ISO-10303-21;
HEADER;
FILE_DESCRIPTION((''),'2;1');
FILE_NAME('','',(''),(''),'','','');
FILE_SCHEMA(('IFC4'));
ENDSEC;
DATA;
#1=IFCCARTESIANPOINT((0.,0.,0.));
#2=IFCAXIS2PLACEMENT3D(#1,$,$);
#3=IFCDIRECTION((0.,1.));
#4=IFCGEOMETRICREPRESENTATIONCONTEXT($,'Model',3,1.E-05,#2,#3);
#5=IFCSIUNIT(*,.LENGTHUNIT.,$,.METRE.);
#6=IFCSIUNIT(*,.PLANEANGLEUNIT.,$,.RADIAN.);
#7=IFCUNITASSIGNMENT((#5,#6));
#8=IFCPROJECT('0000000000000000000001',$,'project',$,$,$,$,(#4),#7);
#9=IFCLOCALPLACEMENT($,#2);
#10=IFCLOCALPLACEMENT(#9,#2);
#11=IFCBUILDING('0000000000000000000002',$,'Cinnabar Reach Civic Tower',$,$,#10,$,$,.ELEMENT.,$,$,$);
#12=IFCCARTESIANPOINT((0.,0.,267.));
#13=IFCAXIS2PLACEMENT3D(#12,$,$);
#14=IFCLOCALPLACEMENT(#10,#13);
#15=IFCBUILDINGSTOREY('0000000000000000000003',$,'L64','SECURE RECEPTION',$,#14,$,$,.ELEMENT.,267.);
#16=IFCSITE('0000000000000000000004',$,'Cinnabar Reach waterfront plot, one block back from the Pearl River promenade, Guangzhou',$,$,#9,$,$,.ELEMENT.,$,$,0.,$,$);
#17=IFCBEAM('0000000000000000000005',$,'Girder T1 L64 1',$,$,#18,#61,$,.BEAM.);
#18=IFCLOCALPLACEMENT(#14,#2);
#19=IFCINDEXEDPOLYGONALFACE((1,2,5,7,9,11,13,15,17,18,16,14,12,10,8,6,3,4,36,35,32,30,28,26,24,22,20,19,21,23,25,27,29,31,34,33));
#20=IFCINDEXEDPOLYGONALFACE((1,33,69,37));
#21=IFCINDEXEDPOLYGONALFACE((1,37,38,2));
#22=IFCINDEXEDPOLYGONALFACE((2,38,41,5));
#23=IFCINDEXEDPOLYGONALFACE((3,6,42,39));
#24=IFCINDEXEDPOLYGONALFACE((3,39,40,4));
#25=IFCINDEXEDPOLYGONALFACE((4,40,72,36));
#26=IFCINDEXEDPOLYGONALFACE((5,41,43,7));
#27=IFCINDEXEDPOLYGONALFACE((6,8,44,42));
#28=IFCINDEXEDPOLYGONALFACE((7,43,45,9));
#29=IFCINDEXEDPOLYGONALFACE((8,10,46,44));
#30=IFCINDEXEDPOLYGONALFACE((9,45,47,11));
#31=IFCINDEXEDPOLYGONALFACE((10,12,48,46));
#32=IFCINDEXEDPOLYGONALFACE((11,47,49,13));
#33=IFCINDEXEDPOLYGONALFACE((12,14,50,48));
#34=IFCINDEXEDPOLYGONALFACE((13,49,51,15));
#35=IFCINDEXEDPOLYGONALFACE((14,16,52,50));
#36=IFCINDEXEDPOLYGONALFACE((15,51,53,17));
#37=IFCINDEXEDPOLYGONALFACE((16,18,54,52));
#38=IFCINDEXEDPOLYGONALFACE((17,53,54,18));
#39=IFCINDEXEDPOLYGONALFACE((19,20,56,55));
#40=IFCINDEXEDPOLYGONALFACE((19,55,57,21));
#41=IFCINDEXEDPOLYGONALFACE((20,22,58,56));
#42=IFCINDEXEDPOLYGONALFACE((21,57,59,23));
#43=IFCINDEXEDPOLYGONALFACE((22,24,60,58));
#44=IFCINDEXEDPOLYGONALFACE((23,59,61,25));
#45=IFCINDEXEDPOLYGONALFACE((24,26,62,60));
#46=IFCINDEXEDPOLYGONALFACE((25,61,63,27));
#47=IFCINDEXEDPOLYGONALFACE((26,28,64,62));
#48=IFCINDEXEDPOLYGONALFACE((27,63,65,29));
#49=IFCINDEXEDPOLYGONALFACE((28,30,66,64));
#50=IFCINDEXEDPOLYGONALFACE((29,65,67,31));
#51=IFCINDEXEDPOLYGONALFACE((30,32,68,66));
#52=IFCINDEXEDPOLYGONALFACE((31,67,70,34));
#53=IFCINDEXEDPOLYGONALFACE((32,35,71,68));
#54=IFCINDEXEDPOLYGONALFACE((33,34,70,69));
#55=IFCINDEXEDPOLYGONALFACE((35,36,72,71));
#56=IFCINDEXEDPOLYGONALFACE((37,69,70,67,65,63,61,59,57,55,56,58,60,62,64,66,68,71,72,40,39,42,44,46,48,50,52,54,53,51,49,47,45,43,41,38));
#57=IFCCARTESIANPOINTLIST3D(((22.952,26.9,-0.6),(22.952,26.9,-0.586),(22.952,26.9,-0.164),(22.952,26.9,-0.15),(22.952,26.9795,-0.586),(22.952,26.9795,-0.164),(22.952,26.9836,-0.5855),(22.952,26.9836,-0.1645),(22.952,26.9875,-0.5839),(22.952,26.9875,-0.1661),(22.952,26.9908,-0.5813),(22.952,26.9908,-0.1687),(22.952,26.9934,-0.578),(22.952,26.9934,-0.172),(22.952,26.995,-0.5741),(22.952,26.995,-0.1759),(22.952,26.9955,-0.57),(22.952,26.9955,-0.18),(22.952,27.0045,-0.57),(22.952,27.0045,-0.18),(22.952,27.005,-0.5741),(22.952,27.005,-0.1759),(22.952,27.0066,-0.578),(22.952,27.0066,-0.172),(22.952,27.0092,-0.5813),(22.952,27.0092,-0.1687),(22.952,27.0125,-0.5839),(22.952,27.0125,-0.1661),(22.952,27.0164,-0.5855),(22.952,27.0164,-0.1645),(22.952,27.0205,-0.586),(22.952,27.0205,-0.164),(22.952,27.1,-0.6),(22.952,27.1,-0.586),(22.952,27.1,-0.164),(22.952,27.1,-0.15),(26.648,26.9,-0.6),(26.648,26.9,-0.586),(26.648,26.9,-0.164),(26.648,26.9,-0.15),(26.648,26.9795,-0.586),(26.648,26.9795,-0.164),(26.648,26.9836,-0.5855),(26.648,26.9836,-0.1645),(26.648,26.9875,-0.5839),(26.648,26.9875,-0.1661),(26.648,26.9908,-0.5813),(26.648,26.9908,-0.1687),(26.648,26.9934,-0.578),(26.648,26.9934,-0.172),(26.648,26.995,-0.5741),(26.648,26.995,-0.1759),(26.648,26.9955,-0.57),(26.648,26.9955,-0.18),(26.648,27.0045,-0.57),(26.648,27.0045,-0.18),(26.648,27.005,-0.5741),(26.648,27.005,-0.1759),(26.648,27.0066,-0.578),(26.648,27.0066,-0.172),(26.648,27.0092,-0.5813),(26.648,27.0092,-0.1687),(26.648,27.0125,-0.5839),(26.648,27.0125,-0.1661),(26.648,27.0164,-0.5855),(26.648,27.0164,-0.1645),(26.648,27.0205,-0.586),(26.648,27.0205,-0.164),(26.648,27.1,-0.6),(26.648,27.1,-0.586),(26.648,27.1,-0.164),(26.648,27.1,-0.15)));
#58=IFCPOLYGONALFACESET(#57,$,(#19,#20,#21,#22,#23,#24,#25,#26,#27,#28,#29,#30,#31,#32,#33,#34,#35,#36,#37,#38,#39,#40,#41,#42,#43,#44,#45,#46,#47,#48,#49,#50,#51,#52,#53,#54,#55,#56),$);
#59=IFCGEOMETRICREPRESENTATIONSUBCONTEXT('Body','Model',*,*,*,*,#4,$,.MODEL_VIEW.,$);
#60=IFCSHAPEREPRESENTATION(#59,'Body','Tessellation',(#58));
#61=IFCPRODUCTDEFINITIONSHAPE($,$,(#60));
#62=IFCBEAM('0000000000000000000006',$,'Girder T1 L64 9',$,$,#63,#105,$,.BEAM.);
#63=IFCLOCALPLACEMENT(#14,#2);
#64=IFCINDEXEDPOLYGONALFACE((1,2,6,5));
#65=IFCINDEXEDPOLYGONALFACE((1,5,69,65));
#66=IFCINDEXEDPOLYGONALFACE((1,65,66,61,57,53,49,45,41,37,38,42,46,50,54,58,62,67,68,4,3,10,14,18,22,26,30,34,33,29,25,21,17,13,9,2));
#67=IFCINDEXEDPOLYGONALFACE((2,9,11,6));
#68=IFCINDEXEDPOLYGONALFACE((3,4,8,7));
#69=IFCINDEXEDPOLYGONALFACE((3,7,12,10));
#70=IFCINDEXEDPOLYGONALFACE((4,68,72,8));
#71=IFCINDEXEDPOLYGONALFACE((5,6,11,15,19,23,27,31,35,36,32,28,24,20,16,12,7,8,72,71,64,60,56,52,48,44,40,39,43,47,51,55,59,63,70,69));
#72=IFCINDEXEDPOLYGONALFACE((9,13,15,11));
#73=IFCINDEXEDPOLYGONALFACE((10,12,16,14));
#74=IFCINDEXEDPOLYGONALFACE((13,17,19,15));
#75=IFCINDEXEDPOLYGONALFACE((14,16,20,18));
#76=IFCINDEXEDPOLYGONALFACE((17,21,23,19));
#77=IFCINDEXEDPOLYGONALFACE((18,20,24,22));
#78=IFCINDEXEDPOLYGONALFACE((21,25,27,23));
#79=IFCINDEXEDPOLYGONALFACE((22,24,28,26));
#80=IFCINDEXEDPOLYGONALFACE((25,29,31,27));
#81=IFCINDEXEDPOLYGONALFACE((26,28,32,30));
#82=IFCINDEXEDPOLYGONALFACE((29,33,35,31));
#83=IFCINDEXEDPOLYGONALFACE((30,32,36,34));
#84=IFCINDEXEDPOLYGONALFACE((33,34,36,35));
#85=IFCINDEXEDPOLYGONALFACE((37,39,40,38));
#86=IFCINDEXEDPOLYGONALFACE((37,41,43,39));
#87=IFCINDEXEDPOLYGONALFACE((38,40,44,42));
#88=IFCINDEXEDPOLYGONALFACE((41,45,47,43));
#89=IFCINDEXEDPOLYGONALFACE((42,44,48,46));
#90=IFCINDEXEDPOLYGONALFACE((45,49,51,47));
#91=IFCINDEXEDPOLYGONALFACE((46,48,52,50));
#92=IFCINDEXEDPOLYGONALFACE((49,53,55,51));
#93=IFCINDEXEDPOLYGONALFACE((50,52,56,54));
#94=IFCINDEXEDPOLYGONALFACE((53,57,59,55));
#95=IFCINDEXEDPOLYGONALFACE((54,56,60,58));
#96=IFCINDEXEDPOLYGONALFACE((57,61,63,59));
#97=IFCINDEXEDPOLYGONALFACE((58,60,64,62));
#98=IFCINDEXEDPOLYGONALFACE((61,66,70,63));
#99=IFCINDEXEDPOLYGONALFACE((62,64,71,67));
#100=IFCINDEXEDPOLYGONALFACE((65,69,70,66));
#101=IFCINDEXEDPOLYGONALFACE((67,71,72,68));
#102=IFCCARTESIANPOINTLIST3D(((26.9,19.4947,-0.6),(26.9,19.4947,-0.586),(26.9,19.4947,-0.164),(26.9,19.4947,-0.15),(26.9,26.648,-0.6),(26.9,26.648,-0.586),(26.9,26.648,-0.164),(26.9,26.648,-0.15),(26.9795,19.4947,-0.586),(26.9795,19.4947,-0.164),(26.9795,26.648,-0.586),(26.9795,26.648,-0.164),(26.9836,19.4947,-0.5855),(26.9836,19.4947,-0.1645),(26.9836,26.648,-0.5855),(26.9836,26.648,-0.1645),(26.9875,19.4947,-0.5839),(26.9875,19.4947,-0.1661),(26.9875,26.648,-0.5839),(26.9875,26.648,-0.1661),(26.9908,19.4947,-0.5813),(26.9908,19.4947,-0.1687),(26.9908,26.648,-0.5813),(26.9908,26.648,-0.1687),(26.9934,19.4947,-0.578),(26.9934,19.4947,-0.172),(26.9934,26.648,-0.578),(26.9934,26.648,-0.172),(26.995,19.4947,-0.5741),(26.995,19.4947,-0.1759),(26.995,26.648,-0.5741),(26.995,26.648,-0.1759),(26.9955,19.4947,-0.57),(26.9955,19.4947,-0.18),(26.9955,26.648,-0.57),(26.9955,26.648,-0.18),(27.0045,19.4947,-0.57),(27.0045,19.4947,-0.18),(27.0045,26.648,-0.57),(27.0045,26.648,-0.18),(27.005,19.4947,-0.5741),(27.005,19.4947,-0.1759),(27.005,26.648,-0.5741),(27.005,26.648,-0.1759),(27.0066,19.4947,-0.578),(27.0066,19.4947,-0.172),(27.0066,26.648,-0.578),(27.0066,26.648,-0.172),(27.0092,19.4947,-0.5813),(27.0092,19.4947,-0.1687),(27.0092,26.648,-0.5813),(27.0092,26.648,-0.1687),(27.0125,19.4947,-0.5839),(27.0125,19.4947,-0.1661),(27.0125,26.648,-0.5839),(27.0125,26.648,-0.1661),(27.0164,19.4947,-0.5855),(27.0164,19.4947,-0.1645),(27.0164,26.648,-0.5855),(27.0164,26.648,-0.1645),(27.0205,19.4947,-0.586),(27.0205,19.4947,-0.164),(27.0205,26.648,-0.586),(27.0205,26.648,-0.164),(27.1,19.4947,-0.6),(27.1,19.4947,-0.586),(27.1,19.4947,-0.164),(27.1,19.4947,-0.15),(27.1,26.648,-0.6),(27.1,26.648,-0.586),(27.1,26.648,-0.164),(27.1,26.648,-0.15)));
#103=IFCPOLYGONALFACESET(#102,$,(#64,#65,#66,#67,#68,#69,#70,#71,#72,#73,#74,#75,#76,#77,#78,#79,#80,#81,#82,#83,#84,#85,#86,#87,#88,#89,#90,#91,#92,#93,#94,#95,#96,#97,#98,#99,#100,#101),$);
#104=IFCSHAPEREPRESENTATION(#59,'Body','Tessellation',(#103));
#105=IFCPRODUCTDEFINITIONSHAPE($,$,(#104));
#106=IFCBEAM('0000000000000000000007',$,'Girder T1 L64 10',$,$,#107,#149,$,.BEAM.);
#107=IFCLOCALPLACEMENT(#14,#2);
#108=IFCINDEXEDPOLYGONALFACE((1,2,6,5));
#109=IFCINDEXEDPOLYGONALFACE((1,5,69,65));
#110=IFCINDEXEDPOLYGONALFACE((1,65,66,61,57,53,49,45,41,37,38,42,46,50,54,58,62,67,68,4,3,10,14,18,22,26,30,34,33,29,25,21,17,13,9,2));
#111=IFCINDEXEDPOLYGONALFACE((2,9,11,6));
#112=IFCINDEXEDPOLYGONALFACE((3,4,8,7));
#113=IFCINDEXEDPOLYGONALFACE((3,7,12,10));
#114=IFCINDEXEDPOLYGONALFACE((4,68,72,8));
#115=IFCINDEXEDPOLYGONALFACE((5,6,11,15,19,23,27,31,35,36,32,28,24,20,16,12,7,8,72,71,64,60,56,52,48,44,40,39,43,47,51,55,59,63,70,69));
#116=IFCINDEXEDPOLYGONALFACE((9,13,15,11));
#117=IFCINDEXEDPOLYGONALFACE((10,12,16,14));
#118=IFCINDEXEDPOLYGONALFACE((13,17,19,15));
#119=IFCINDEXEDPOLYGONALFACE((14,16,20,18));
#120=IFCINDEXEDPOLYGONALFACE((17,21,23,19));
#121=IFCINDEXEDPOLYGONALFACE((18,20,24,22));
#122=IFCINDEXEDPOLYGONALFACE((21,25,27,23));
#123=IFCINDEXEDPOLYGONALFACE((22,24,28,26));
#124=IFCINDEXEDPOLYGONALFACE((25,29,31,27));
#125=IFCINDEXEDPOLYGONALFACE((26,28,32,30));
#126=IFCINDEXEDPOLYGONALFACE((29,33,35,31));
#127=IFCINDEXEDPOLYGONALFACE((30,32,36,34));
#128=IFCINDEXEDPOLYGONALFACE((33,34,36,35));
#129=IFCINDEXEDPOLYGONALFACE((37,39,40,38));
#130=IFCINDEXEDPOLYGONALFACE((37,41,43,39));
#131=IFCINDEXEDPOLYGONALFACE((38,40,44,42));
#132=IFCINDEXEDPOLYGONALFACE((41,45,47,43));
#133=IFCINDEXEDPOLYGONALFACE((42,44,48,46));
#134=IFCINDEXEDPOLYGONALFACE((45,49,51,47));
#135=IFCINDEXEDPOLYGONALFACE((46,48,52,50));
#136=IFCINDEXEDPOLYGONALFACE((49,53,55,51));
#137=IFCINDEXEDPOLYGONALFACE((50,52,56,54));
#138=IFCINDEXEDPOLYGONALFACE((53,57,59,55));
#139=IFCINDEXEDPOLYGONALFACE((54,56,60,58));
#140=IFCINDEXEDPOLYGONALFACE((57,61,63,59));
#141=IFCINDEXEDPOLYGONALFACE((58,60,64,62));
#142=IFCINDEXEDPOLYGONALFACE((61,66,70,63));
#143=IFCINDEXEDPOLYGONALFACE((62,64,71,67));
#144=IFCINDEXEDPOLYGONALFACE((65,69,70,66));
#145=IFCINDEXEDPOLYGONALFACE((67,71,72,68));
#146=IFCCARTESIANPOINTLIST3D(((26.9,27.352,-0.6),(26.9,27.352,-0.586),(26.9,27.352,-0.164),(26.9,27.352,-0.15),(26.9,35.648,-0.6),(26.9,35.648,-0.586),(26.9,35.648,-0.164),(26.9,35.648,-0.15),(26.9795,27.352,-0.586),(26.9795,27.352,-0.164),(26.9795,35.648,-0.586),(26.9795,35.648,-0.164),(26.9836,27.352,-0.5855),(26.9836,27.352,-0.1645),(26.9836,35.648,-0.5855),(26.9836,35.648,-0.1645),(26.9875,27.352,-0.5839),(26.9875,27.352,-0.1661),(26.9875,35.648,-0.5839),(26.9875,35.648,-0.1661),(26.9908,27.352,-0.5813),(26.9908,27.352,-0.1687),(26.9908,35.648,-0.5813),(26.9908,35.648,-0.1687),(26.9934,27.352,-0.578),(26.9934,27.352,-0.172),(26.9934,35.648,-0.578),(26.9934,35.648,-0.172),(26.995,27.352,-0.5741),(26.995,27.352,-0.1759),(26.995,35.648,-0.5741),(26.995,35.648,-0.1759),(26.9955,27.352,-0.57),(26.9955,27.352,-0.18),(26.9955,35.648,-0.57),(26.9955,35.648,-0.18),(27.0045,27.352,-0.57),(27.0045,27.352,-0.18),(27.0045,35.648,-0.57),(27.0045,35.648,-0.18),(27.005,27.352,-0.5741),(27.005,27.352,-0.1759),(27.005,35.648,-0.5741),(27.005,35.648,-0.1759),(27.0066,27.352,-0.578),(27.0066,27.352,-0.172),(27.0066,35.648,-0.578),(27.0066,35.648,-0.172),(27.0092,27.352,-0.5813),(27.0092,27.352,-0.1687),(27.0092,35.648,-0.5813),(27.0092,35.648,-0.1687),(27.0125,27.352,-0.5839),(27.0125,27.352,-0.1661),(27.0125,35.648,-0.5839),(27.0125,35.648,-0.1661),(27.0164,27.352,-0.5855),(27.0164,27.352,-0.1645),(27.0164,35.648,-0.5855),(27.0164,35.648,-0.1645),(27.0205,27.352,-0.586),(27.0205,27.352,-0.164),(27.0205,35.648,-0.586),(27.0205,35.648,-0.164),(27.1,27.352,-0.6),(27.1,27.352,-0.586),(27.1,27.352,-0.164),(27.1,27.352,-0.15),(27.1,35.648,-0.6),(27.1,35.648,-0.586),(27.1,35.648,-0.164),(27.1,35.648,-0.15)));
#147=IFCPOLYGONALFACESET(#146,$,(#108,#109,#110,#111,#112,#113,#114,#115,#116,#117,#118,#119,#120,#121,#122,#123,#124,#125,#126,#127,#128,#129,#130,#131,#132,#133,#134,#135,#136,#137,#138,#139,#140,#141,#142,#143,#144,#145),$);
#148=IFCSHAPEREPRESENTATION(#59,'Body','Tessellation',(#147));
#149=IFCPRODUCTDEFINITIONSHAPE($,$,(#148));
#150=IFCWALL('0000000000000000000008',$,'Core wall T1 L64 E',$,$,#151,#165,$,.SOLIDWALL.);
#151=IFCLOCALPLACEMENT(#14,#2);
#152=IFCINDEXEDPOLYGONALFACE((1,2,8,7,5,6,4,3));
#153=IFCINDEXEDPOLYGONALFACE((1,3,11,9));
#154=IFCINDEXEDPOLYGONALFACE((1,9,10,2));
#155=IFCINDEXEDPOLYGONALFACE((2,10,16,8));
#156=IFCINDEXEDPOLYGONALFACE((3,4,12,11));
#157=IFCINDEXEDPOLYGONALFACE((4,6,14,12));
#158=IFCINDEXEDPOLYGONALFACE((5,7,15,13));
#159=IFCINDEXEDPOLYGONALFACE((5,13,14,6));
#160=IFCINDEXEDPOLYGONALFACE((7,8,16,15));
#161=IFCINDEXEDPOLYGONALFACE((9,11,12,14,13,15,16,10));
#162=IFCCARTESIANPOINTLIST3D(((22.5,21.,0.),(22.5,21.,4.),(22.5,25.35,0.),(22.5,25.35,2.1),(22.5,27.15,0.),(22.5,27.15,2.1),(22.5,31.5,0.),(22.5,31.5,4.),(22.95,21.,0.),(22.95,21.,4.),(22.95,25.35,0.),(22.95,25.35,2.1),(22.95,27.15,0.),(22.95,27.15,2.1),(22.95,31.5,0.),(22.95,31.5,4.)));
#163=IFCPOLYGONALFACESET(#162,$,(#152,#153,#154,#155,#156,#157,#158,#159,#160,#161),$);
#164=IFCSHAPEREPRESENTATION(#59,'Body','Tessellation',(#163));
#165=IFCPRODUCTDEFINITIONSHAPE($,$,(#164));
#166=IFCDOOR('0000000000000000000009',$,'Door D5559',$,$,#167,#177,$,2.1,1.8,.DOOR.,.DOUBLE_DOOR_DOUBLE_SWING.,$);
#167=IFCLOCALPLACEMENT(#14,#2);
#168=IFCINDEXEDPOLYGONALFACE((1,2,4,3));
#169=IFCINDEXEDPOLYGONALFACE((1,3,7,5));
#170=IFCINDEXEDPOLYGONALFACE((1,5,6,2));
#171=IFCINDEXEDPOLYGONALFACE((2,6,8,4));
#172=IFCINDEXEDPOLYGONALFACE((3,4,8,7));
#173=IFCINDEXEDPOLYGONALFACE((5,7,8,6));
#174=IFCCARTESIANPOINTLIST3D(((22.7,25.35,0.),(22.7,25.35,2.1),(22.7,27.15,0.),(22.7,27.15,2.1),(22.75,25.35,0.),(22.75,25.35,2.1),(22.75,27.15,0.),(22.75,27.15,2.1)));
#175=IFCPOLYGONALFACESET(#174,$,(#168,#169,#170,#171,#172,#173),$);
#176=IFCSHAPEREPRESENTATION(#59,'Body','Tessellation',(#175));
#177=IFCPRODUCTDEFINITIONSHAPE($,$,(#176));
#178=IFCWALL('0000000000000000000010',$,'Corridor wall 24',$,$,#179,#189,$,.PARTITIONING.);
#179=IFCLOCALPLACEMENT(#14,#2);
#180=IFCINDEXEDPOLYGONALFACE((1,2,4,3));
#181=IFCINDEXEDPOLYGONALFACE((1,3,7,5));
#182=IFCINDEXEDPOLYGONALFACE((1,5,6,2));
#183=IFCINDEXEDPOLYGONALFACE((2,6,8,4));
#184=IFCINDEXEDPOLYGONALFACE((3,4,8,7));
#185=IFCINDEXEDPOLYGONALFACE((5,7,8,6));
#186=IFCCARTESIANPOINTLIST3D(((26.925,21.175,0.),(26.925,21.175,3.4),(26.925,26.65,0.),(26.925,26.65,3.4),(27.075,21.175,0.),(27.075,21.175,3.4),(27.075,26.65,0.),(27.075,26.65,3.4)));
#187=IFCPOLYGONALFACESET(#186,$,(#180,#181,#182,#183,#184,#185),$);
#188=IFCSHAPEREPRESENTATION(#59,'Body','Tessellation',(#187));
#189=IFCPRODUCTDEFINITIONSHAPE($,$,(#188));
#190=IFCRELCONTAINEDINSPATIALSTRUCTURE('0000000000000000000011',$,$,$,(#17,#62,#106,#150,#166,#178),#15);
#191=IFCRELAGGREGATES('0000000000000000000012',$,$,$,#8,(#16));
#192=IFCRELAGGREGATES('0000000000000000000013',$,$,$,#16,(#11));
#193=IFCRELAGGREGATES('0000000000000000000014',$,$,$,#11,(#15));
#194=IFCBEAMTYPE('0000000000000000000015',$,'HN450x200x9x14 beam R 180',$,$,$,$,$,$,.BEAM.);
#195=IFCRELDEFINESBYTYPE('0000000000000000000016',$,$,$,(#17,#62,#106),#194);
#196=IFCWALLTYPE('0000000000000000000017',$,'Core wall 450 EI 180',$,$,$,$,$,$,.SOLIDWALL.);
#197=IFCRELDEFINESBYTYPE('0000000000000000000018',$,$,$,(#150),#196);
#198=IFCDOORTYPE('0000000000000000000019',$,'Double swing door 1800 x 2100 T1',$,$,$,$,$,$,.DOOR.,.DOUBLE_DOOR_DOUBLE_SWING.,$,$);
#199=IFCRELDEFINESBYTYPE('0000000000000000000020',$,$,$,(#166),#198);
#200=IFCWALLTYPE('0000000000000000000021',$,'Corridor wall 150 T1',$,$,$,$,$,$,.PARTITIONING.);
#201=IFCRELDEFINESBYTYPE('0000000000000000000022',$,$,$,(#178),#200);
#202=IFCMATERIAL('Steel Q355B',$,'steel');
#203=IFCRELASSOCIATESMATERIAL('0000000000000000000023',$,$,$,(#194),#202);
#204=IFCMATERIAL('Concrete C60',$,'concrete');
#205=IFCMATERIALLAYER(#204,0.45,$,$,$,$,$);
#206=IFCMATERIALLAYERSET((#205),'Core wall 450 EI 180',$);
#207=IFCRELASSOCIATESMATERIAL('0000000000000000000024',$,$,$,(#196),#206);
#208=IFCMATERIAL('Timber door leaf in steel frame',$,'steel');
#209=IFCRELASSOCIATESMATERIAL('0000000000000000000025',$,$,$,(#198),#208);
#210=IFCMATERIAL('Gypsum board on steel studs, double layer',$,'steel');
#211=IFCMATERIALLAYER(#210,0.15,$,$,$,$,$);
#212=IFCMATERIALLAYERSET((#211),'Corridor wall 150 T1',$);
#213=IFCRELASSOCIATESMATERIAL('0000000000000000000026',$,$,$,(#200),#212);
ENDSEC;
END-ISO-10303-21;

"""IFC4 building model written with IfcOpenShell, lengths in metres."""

from ifc_helpers import new_model, si_unit, direction, frame, frame_2d, origin, origin_2d, place, context, subcontext, project, spatial, rectangle, i_section, extrude, material, layer, layer_set, material_profile, profile_set, type_object, element, fill, save


model = new_model("IFC4")

# Units and contexts
model_context = context("Model", 3, precision=1e-05, world=origin(), true_north=direction((0.0, 1.0)))
body_context = subcontext(model_context, "Body", "Model", "MODEL_VIEW")
ifc_project = project(units=[si_unit("LENGTHUNIT", "METRE"), si_unit("PLANEANGLEUNIT", "RADIAN")], contexts=[model_context])

# Site, building, storey
site_placement = place(None, origin())
site = spatial("IfcSite", under=ifc_project, at=site_placement, Name="Cinnabar Reach waterfront plot, one block back from the Pearl River promenade, Guangzhou", CompositionType="ELEMENT", RefElevation=0.0)
building_placement = place(site_placement, origin())
building = spatial("IfcBuilding", under=site, at=building_placement, Name="Cinnabar Reach Civic Tower", CompositionType="ELEMENT")
storey_placement = place(building_placement, frame((0.0, 0.0, 267.0)))
storey = spatial("IfcBuildingStorey", under=building, at=storey_placement, Name="L64", Description="SECURE RECEPTION", CompositionType="ELEMENT", Elevation=267.0)

# Shared definitions
ifc_material_1 = material(Name="Concrete C60", Category="concrete")

# Beams
ifc_material_2 = material(Name="Steel Q355B", Category="steel")
ifc_material_profile_1 = material_profile(ifc_material_2, i_section(OverallWidth=0.2, OverallDepth=0.45, WebThickness=0.009, FlangeThickness=0.014, FilletRadius=0.016, at=origin_2d()), Name="HN450x200x9x14")
ifc_profile_set_1 = profile_set([ifc_material_profile_1], Name="Steel Q355B")
beam_type_1 = type_object("IfcBeamType", Name="HN450x200x9x14 beam R 180", PredefinedType="BEAM", material=ifc_profile_set_1)
beam_1_placement = place(storey_placement, frame((22.952, 27.0, -0.375), z_axis=(1.0, 0.0, 0.0), x_axis=(0.0, 1.0, 0.0)))
element("IfcBeam", 1, at=beam_1_placement, inside=storey, type_object=beam_type_1, Name="Girder T1 L64 1", PredefinedType="BEAM", context=body_context, shape_type="SweptSolid", body=[
    extrude(i_section(OverallWidth=0.2, OverallDepth=0.45, WebThickness=0.009, FlangeThickness=0.014, FilletRadius=0.016, at=origin_2d()), origin(), (0.0, 0.0, 1.0), 3.696),
])
beam_2_placement = place(storey_placement, frame((27.0, 19.4947, -0.375), z_axis=(0.0, 1.0, 0.0), x_axis=(-1.0, 0.0, 0.0)))
element("IfcBeam", 2, at=beam_2_placement, inside=storey, type_object=beam_type_1, Name="Girder T1 L64 9", PredefinedType="BEAM", context=body_context, shape_type="SweptSolid", body=[
    extrude(i_section(OverallWidth=0.2, OverallDepth=0.45, WebThickness=0.009, FlangeThickness=0.014, FilletRadius=0.016, at=origin_2d()), origin(), (0.0, 0.0, 1.0), 7.1533),
])
beam_3_placement = place(storey_placement, frame((27.0, 27.352, -0.375), z_axis=(0.0, 1.0, 0.0), x_axis=(-1.0, 0.0, 0.0)))
element("IfcBeam", 3, at=beam_3_placement, inside=storey, type_object=beam_type_1, Name="Girder T1 L64 10", PredefinedType="BEAM", context=body_context, shape_type="SweptSolid", body=[
    extrude(i_section(OverallWidth=0.2, OverallDepth=0.45, WebThickness=0.009, FlangeThickness=0.014, FilletRadius=0.016, at=origin_2d()), origin(), (0.0, 0.0, 1.0), 8.296),
])

# Wall, opening, door
ifc_layer_1 = layer(ifc_material_1, 0.45)
ifc_layer_set_1 = layer_set([ifc_layer_1], Name="Core wall 450 EI 180")
wall_type_1 = type_object("IfcWallType", Name="Core wall 450 EI 180", PredefinedType="SOLIDWALL", material=ifc_layer_set_1)
wall_1_placement = place(storey_placement, frame((22.725, 21.0, 0.0), z_axis=(0.0, 0.0, 1.0), x_axis=(0.0, 1.0, 0.0)))
wall_1 = element("IfcWall", 4, at=wall_1_placement, inside=storey, type_object=wall_type_1, Name="Core wall T1 L64 E", PredefinedType="SOLIDWALL", context=body_context, shape_type="SweptSolid", body=[
    extrude(rectangle(XDim=10.5, YDim=0.45, at=frame_2d((5.25, 0.0))), origin(), (0.0, 0.0, 1.0), 4.0),
])
opening_1_placement = place(wall_1_placement, frame((4.35, 0.0, 0.0)))
opening_1 = element("IfcOpeningElement", 5, at=opening_1_placement, cuts=wall_1, PredefinedType="OPENING", context=body_context, shape_type="SweptSolid", body=[
    extrude(rectangle(XDim=1.8, YDim=2.1, at=frame_2d((0.9, 1.05))), frame((0.0, 0.235, 0.0), z_axis=(0.0, -1.0, 0.0), x_axis=(1.0, 0.0, 0.0)), (0.0, 0.0, 1.0), 0.47),
])
ifc_material_3 = material(Name="Timber door leaf in steel frame", Category="steel")
door_type_1 = type_object("IfcDoorType", Name="Double swing door 1800 x 2100 T1", OperationType="DOUBLE_DOOR_DOUBLE_SWING", PredefinedType="DOOR", material=ifc_material_3)
door_1_placement = place(opening_1_placement, origin())
door_1 = element("IfcDoor", 6, at=door_1_placement, inside=storey, type_object=door_type_1, Name="Door D5559", OperationType="DOUBLE_DOOR_DOUBLE_SWING", OverallHeight=2.1, OverallWidth=1.8, PredefinedType="DOOR", context=body_context, shape_type="SweptSolid", body=[
    extrude(rectangle(XDim=1.8, YDim=2.1, at=frame_2d((0.9, 1.05))), frame((0.0, 0.025, 0.0), z_axis=(0.0, -1.0, 0.0), x_axis=(1.0, 0.0, 0.0)), (0.0, 0.0, 1.0), 0.05),
])
fill(opening_1, door_1)

# Wall
ifc_material_4 = material(Name="Gypsum board on steel studs, double layer", Category="steel")
ifc_layer_2 = layer(ifc_material_4, 0.15)
ifc_layer_set_2 = layer_set([ifc_layer_2], Name="Corridor wall 150 T1")
wall_type_2 = type_object("IfcWallType", Name="Corridor wall 150 T1", PredefinedType="PARTITIONING", material=ifc_layer_set_2)
wall_2_placement = place(storey_placement, frame((27.0, 21.175, 0.0), z_axis=(0.0, 0.0, 1.0), x_axis=(0.0, 1.0, 0.0)))
element("IfcWall", 7, at=wall_2_placement, inside=storey, type_object=wall_type_2, Name="Corridor wall 24", PredefinedType="PARTITIONING", context=body_context, shape_type="SweptSolid", body=[
    extrude(rectangle(XDim=5.475, YDim=0.15, at=frame_2d((2.7375, 0.0))), origin(), (0.0, 0.0, 1.0), 3.4),
])

save(model, "model.ifc")
